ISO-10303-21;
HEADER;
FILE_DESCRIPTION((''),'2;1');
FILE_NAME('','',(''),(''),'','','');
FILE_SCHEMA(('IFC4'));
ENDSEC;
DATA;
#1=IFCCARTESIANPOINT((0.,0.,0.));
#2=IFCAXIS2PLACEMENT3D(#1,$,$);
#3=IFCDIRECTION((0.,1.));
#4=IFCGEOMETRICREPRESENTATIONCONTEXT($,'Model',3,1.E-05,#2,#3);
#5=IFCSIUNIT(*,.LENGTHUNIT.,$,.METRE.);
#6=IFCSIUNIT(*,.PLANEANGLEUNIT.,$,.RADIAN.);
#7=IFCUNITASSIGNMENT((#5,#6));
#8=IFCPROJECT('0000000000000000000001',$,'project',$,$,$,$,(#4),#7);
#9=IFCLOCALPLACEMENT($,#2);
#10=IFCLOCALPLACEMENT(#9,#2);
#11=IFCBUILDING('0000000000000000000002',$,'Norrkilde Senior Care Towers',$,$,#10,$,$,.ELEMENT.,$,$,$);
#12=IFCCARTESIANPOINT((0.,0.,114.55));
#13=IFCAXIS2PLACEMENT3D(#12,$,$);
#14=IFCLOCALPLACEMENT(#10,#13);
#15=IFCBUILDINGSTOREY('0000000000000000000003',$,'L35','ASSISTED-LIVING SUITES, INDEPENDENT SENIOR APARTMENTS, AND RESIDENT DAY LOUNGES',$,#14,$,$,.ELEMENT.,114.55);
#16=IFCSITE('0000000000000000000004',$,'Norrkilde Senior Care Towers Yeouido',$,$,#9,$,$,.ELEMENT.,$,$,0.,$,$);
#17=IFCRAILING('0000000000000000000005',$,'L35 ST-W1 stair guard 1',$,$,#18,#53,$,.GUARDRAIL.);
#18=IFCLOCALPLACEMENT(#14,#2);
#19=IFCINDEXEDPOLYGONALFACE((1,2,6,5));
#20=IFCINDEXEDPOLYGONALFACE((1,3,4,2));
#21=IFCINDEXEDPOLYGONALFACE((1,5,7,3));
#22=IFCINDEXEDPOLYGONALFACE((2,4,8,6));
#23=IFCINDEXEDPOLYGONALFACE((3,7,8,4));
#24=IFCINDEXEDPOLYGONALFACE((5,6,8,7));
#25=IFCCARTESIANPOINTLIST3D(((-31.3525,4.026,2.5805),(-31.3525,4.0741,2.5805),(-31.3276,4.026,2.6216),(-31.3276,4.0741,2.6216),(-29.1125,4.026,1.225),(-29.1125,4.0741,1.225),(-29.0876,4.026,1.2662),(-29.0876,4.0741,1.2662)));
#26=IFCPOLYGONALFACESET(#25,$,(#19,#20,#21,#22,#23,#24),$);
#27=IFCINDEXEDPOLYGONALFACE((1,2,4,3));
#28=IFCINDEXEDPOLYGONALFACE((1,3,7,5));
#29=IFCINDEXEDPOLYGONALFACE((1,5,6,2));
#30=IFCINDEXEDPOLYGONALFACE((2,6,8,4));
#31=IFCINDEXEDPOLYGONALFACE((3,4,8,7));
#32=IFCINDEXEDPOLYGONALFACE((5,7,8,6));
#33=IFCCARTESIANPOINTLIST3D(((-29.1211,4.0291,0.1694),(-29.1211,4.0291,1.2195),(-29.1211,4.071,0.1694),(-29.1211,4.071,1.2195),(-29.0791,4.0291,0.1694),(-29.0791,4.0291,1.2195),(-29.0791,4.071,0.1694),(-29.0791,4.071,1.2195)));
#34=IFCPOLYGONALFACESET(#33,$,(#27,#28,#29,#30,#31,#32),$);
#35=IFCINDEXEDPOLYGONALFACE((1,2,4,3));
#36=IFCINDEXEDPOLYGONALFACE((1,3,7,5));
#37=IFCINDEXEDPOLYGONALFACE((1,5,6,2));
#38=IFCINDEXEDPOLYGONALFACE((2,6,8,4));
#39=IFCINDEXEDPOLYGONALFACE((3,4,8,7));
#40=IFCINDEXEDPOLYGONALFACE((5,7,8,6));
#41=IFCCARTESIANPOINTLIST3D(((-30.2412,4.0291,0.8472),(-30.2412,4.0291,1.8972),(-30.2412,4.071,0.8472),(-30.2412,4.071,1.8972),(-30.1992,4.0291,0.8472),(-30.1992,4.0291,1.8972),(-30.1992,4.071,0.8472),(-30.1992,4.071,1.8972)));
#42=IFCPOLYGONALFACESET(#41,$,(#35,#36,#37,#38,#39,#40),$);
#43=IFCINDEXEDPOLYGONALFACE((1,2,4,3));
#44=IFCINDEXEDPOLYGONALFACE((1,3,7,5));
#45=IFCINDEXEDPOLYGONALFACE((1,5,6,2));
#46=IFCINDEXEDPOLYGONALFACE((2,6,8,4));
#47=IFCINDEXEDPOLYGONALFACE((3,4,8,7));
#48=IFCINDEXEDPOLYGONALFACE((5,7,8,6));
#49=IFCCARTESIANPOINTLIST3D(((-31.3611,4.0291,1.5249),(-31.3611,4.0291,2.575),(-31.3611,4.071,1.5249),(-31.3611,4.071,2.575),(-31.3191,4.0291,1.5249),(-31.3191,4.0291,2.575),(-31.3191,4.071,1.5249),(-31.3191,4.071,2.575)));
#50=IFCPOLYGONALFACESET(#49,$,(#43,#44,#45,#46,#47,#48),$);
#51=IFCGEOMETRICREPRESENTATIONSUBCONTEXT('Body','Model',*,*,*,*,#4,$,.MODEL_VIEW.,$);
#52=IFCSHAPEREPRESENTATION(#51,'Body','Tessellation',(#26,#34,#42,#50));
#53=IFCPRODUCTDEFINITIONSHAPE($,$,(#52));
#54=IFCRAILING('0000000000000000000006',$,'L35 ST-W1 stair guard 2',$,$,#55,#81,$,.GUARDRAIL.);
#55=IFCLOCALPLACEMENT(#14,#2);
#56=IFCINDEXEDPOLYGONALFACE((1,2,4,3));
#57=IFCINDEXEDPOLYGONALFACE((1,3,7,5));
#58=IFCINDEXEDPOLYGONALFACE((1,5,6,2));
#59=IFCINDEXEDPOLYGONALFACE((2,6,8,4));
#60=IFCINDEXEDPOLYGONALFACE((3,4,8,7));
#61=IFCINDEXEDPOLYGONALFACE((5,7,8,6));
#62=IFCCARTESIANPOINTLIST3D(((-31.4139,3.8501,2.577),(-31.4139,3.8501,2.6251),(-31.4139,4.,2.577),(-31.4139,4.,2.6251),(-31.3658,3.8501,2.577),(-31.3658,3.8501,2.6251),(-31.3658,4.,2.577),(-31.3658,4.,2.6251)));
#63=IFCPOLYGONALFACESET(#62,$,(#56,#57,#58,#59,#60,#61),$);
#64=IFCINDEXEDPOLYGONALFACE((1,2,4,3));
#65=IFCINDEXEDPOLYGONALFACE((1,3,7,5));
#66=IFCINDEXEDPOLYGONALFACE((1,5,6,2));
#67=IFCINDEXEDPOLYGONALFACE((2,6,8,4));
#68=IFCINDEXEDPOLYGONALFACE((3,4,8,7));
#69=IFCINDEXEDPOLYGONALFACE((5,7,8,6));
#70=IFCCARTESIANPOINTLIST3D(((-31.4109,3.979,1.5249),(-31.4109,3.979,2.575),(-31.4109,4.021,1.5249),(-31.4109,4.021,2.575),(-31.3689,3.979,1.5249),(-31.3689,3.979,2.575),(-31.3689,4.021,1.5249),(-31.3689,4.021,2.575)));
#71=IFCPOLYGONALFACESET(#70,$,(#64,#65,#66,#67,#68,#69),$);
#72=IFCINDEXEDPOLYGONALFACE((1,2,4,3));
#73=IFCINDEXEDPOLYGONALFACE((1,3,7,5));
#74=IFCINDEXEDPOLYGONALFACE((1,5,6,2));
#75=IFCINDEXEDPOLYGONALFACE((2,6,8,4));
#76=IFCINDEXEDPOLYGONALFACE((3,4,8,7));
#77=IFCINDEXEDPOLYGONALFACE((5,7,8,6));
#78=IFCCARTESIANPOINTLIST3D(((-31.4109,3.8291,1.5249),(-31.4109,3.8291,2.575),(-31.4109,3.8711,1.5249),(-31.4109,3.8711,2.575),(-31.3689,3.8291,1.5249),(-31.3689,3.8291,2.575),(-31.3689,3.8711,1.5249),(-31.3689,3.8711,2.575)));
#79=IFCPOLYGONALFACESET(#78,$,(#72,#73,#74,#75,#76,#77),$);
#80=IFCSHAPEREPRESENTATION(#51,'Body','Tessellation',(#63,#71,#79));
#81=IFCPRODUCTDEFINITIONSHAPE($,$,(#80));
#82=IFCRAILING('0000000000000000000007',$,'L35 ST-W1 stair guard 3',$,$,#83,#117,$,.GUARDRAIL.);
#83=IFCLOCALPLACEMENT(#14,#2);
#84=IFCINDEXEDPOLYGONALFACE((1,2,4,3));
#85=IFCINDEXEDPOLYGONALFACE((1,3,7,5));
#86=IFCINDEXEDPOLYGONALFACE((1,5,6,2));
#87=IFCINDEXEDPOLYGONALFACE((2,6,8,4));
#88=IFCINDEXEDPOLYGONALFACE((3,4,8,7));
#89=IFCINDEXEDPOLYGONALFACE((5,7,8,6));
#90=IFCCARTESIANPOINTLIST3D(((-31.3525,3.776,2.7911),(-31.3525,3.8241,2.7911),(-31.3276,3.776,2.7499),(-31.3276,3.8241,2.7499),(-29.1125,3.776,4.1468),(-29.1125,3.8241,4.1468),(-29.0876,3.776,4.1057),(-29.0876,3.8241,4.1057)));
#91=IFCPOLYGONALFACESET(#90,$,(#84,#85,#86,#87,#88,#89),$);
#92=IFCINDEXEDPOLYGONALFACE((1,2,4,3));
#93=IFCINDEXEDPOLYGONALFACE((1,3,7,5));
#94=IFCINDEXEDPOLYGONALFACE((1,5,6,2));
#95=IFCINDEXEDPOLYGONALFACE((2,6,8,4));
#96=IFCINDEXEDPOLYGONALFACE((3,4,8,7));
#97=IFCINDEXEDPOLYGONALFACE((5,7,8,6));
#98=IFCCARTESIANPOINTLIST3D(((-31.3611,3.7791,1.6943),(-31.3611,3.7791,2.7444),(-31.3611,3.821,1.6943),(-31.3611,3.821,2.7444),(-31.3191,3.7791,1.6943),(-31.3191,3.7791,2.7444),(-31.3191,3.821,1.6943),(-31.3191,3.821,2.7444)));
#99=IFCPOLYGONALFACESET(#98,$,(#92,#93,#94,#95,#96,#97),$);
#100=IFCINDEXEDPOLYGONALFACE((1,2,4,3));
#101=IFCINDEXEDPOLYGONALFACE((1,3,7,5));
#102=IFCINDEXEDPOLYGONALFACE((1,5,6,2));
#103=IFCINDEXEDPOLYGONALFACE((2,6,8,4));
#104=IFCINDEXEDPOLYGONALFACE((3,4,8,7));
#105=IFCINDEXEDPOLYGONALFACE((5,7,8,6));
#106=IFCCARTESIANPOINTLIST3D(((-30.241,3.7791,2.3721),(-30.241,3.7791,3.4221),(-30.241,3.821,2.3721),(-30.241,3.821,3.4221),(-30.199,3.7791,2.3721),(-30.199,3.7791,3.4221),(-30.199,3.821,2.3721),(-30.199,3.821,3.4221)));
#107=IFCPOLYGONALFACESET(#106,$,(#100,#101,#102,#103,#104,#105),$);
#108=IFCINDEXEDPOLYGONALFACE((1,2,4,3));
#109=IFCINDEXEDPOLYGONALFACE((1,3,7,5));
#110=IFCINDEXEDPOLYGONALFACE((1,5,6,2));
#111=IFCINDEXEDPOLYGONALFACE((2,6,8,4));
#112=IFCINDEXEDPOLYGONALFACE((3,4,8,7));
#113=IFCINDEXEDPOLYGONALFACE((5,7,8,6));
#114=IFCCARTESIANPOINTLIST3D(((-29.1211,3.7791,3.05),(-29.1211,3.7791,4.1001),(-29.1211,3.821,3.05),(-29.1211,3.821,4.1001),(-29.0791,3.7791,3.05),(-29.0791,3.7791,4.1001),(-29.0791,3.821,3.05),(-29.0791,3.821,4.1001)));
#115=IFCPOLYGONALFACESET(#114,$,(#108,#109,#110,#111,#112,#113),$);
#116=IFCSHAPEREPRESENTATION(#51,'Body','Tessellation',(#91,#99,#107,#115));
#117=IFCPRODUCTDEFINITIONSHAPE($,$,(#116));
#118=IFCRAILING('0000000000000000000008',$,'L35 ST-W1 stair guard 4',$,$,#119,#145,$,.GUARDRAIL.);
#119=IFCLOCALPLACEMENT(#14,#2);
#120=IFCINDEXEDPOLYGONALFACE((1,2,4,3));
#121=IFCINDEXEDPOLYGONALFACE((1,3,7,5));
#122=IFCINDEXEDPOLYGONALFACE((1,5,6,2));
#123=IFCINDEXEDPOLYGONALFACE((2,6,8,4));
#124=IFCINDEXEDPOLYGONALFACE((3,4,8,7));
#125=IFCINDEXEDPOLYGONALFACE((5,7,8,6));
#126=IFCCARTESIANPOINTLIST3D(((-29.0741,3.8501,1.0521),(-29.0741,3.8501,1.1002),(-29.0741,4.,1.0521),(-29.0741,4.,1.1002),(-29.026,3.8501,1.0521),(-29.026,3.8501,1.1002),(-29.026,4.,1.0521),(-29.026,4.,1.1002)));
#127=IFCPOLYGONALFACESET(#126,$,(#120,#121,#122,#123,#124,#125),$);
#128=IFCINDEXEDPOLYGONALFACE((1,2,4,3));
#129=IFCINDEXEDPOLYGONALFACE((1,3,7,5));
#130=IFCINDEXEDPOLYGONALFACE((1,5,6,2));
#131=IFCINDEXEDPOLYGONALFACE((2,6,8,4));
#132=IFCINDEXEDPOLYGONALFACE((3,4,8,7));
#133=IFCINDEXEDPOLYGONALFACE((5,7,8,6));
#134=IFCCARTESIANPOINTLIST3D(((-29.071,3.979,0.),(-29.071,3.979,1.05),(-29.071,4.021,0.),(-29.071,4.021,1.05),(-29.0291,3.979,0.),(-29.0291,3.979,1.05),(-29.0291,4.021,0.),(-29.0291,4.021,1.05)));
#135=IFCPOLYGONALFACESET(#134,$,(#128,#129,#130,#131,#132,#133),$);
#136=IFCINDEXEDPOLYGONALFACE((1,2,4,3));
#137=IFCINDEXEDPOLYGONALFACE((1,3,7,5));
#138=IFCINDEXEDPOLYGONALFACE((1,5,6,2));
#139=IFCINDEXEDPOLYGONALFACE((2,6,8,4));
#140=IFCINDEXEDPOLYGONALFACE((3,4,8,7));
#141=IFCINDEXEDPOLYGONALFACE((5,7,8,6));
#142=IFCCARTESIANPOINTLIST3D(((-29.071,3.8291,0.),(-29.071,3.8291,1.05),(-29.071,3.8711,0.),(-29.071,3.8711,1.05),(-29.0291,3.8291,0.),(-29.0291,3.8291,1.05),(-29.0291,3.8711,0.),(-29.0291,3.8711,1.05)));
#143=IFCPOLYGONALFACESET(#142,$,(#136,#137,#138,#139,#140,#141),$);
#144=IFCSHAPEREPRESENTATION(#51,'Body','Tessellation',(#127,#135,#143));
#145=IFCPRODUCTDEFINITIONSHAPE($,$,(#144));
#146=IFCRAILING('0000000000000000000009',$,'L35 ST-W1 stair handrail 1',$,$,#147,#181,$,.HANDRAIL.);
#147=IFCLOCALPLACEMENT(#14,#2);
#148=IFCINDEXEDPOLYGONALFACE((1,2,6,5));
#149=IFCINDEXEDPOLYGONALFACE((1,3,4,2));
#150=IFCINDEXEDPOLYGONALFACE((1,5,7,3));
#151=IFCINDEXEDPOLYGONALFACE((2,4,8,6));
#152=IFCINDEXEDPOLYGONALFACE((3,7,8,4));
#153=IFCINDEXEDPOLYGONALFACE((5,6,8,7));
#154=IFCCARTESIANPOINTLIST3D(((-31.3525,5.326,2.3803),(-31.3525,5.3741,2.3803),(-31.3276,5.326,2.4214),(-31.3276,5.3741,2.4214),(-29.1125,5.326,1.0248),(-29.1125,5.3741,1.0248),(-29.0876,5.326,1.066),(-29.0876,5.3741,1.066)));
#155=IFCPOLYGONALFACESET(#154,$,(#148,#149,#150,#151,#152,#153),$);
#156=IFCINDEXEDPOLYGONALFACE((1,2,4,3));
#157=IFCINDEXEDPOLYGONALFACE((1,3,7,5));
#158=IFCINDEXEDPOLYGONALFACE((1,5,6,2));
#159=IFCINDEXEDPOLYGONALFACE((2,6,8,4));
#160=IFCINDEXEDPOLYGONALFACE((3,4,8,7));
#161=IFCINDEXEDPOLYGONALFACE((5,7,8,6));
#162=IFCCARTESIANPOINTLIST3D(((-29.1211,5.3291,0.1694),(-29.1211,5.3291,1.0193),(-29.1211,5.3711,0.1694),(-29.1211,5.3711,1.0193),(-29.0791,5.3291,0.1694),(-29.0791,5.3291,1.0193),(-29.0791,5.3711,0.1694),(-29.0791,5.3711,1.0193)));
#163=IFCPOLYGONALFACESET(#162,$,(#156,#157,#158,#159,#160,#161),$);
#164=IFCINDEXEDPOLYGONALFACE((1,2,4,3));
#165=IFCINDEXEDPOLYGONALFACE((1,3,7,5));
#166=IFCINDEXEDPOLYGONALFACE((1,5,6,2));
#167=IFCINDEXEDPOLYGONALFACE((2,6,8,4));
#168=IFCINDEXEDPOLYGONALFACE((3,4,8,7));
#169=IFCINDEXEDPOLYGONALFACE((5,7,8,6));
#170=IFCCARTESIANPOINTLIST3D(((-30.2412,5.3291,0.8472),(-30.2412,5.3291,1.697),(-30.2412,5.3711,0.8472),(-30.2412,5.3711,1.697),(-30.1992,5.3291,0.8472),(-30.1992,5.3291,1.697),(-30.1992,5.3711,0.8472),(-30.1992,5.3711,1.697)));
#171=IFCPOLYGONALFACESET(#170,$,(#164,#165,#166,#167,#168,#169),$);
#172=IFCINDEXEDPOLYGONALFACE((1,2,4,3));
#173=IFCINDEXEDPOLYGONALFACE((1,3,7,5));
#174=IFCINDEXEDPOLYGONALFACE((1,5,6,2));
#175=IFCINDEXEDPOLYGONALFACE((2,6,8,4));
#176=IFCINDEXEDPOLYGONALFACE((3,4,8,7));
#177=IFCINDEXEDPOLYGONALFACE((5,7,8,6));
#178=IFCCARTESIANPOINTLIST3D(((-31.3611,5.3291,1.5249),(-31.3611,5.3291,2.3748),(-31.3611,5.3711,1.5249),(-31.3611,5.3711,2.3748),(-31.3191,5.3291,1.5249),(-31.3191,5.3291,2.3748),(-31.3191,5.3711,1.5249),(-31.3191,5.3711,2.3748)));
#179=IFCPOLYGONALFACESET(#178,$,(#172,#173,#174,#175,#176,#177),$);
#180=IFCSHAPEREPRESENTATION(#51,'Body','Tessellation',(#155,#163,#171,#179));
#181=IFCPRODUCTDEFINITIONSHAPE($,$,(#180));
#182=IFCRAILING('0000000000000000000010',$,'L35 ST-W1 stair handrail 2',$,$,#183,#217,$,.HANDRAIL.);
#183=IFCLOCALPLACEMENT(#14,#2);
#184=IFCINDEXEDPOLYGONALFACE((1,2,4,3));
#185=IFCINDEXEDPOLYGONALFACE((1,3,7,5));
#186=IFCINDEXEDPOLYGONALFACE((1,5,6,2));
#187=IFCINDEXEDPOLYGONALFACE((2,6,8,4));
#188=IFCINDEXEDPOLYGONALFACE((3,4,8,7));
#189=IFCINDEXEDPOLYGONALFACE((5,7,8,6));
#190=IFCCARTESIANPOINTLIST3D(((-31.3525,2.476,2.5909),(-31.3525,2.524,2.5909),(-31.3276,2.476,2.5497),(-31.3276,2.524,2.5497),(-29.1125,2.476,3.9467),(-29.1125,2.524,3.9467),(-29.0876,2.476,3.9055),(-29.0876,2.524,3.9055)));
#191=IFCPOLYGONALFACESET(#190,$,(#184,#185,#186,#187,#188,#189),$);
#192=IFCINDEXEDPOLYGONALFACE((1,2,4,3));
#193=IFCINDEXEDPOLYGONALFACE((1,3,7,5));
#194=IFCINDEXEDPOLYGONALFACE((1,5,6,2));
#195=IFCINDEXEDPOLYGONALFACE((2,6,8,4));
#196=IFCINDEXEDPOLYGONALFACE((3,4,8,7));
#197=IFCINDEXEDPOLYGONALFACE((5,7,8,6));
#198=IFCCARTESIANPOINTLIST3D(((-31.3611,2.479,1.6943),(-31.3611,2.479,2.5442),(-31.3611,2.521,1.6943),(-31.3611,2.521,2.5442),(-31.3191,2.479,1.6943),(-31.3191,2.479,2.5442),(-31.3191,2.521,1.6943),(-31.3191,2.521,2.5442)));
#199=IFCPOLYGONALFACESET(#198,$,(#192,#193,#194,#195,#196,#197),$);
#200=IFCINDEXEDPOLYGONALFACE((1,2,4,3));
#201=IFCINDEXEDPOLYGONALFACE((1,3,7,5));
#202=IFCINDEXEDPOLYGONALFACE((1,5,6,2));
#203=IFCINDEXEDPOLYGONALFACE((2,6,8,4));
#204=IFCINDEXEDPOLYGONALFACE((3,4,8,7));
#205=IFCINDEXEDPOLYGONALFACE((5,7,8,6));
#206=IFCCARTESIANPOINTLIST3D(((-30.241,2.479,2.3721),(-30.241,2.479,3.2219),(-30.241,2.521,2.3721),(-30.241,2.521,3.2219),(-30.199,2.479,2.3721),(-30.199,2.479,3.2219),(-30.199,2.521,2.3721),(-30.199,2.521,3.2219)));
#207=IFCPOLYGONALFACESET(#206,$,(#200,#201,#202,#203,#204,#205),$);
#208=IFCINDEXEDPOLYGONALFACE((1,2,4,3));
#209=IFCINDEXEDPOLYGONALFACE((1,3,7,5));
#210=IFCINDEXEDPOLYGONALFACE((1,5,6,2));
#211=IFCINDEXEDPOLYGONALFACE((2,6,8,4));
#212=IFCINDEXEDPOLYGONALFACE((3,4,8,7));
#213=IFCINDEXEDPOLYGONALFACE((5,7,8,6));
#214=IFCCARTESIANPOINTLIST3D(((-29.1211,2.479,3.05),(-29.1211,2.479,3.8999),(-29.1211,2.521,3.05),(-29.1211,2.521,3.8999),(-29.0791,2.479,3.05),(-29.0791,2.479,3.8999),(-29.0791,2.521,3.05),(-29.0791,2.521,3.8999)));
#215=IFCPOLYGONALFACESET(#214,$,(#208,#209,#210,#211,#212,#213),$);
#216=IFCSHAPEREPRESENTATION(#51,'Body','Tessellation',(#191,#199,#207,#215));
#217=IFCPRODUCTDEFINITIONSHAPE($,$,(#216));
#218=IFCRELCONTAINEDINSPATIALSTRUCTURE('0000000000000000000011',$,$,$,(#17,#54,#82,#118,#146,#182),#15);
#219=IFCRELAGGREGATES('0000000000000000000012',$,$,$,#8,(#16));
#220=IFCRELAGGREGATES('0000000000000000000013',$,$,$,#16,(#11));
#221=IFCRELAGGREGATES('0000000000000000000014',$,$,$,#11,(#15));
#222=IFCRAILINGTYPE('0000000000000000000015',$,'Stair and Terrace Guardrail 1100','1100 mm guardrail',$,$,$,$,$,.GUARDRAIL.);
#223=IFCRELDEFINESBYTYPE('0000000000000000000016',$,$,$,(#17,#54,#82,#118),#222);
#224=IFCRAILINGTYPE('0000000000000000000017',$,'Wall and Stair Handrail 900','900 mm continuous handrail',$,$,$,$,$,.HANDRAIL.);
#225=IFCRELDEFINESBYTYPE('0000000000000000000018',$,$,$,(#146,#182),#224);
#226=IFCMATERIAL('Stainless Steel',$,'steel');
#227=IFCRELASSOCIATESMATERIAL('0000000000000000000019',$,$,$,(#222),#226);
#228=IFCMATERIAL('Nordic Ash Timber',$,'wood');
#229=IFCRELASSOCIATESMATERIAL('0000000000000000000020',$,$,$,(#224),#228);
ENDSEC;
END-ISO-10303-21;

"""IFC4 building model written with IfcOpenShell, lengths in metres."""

from ifc_helpers import new_model, si_unit, direction, frame, origin, origin_2d, place, context, subcontext, project, spatial, rectangle, extrude, material, type_object, element, save


model = new_model("IFC4")

# Units and contexts
model_context = context("Model", 3, precision=1e-05, world=origin(), true_north=direction((0.0, 1.0)))
body_context = subcontext(model_context, "Body", "Model", "MODEL_VIEW")
ifc_project = project(units=[si_unit("LENGTHUNIT", "METRE"), si_unit("PLANEANGLEUNIT", "RADIAN")], contexts=[model_context])

# Site, building, storey
site_placement = place(None, origin())
site = spatial("IfcSite", under=ifc_project, at=site_placement, Name="Norrkilde Senior Care Towers Yeouido", CompositionType="ELEMENT", RefElevation=0.0)
building_placement = place(site_placement, origin())
building = spatial("IfcBuilding", under=site, at=building_placement, Name="Norrkilde Senior Care Towers", CompositionType="ELEMENT")
storey_placement = place(building_placement, frame((0.0, 0.0, 114.55)))
storey = spatial("IfcBuildingStorey", under=building, at=storey_placement, Name="L35", Description="ASSISTED-LIVING SUITES, INDEPENDENT SENIOR APARTMENTS, AND RESIDENT DAY LOUNGES", CompositionType="ELEMENT", Elevation=114.55)

# Railings
ifc_material_1 = material(Name="Stainless Steel", Category="steel")
railing_type_1 = type_object("IfcRailingType", Name="Stair and Terrace Guardrail 1100", Description="1100 mm guardrail", PredefinedType="GUARDRAIL", material=ifc_material_1)
railing_1_placement = place(storey_placement, frame((-29.1001, 4.05, 0.1694)))
element("IfcRailing", 1, at=railing_1_placement, inside=storey, type_object=railing_type_1, Name="L35 ST-W1 stair guard 1", PredefinedType="GUARDRAIL", context=body_context, shape_type="SweptSolid", body=[
    extrude(rectangle(XDim=0.0481, YDim=0.0481, at=origin_2d()), frame((0.0, 0.0, 1.0762), z_axis=(-0.855553, 0.0, 0.517715), x_axis=(0.0, -1.0, 0.0)), (0.0, 0.0, 1.0), 2.6182),
    extrude(rectangle(XDim=0.042, YDim=0.042, at=origin_2d()), origin(), (0.0, 0.0, 1.0), 1.05),
    extrude(rectangle(XDim=0.042, YDim=0.042, at=origin_2d()), frame((-1.1201, 0.0, 0.6777)), (0.0, 0.0, 1.0), 1.05),
    extrude(rectangle(XDim=0.042, YDim=0.042, at=origin_2d()), frame((-2.24, 0.0, 1.3555)), (0.0, 0.0, 1.0), 1.05),
])
railing_2_placement = place(storey_placement, frame((-31.3899, 4.0, 1.5249)))
element("IfcRailing", 2, at=railing_2_placement, inside=storey, type_object=railing_type_1, Name="L35 ST-W1 stair guard 2", PredefinedType="GUARDRAIL", context=body_context, shape_type="SweptSolid", body=[
    extrude(rectangle(XDim=0.0481, YDim=0.0481, at=origin_2d()), frame((0.0, 0.0, 1.0762), z_axis=(0.0, -1.0, 0.0), x_axis=(1.0, 0.0, 0.0)), (0.0, 0.0, 1.0), 0.1499),
    extrude(rectangle(XDim=0.042, YDim=0.042, at=origin_2d()), origin(), (0.0, 0.0, 1.0), 1.05),
    extrude(rectangle(XDim=0.042, YDim=0.042, at=origin_2d()), frame((0.0, -0.1499, 0.0)), (0.0, 0.0, 1.0), 1.05),
])
railing_3_placement = place(storey_placement, frame((-31.3401, 3.8, 1.6943)))
element("IfcRailing", 3, at=railing_3_placement, inside=storey, type_object=railing_type_1, Name="L35 ST-W1 stair guard 3", PredefinedType="GUARDRAIL", context=body_context, shape_type="SweptSolid", body=[
    extrude(rectangle(XDim=0.0481, YDim=0.0481, at=origin_2d()), frame((0.0, 0.0, 1.0762), z_axis=(0.855512, 0.0, 0.517783), x_axis=(0.0, 1.0, 0.0)), (0.0, 0.0, 1.0), 2.6184),
    extrude(rectangle(XDim=0.042, YDim=0.042, at=origin_2d()), origin(), (0.0, 0.0, 1.0), 1.05),
    extrude(rectangle(XDim=0.042, YDim=0.042, at=origin_2d()), frame((1.1201, 0.0, 0.6777)), (0.0, 0.0, 1.0), 1.05),
    extrude(rectangle(XDim=0.042, YDim=0.042, at=origin_2d()), frame((2.24, 0.0, 1.3557)), (0.0, 0.0, 1.0), 1.05),
])
railing_4_placement = place(storey_placement, frame((-29.05, 4.0, 0.0)))
element("IfcRailing", 4, at=railing_4_placement, inside=storey, type_object=railing_type_1, Name="L35 ST-W1 stair guard 4", PredefinedType="GUARDRAIL", context=body_context, shape_type="SweptSolid", body=[
    extrude(rectangle(XDim=0.0481, YDim=0.0481, at=origin_2d()), frame((0.0, 0.0, 1.0762), z_axis=(0.0, -1.0, 0.0), x_axis=(1.0, 0.0, 0.0)), (0.0, 0.0, 1.0), 0.1499),
    extrude(rectangle(XDim=0.042, YDim=0.042, at=origin_2d()), origin(), (0.0, 0.0, 1.0), 1.05),
    extrude(rectangle(XDim=0.042, YDim=0.042, at=origin_2d()), frame((0.0, -0.1499, 0.0)), (0.0, 0.0, 1.0), 1.05),
])
ifc_material_2 = material(Name="Nordic Ash Timber", Category="wood")
railing_type_2 = type_object("IfcRailingType", Name="Wall and Stair Handrail 900", Description="900 mm continuous handrail", PredefinedType="HANDRAIL", material=ifc_material_2)
railing_5_placement = place(storey_placement, frame((-29.1001, 5.3501, 0.1694)))
element("IfcRailing", 5, at=railing_5_placement, inside=storey, type_object=railing_type_2, Name="L35 ST-W1 stair handrail 1", PredefinedType="HANDRAIL", context=body_context, shape_type="SweptSolid", body=[
    extrude(rectangle(XDim=0.0481, YDim=0.0481, at=origin_2d()), frame((0.0, 0.0, 0.876), z_axis=(-0.855553, 0.0, 0.517715), x_axis=(0.0, -1.0, 0.0)), (0.0, 0.0, 1.0), 2.6182),
    extrude(rectangle(XDim=0.042, YDim=0.042, at=origin_2d()), origin(), (0.0, 0.0, 1.0), 0.8499),
    extrude(rectangle(XDim=0.042, YDim=0.042, at=origin_2d()), frame((-1.1201, 0.0, 0.6777)), (0.0, 0.0, 1.0), 0.8499),
    extrude(rectangle(XDim=0.042, YDim=0.042, at=origin_2d()), frame((-2.24, 0.0, 1.3555)), (0.0, 0.0, 1.0), 0.8499),
])
railing_6_placement = place(storey_placement, frame((-31.3401, 2.5, 1.6943)))
element("IfcRailing", 6, at=railing_6_placement, inside=storey, type_object=railing_type_2, Name="L35 ST-W1 stair handrail 2", PredefinedType="HANDRAIL", context=body_context, shape_type="SweptSolid", body=[
    extrude(rectangle(XDim=0.0481, YDim=0.0481, at=origin_2d()), frame((0.0, 0.0, 0.876), z_axis=(0.855512, 0.0, 0.517783), x_axis=(0.0, 1.0, 0.0)), (0.0, 0.0, 1.0), 2.6184),
    extrude(rectangle(XDim=0.042, YDim=0.042, at=origin_2d()), origin(), (0.0, 0.0, 1.0), 0.8499),
    extrude(rectangle(XDim=0.042, YDim=0.042, at=origin_2d()), frame((1.1201, 0.0, 0.6777)), (0.0, 0.0, 1.0), 0.8499),
    extrude(rectangle(XDim=0.042, YDim=0.042, at=origin_2d()), frame((2.24, 0.0, 1.3557)), (0.0, 0.0, 1.0), 0.8499),
])

save(model, "model.ifc")
